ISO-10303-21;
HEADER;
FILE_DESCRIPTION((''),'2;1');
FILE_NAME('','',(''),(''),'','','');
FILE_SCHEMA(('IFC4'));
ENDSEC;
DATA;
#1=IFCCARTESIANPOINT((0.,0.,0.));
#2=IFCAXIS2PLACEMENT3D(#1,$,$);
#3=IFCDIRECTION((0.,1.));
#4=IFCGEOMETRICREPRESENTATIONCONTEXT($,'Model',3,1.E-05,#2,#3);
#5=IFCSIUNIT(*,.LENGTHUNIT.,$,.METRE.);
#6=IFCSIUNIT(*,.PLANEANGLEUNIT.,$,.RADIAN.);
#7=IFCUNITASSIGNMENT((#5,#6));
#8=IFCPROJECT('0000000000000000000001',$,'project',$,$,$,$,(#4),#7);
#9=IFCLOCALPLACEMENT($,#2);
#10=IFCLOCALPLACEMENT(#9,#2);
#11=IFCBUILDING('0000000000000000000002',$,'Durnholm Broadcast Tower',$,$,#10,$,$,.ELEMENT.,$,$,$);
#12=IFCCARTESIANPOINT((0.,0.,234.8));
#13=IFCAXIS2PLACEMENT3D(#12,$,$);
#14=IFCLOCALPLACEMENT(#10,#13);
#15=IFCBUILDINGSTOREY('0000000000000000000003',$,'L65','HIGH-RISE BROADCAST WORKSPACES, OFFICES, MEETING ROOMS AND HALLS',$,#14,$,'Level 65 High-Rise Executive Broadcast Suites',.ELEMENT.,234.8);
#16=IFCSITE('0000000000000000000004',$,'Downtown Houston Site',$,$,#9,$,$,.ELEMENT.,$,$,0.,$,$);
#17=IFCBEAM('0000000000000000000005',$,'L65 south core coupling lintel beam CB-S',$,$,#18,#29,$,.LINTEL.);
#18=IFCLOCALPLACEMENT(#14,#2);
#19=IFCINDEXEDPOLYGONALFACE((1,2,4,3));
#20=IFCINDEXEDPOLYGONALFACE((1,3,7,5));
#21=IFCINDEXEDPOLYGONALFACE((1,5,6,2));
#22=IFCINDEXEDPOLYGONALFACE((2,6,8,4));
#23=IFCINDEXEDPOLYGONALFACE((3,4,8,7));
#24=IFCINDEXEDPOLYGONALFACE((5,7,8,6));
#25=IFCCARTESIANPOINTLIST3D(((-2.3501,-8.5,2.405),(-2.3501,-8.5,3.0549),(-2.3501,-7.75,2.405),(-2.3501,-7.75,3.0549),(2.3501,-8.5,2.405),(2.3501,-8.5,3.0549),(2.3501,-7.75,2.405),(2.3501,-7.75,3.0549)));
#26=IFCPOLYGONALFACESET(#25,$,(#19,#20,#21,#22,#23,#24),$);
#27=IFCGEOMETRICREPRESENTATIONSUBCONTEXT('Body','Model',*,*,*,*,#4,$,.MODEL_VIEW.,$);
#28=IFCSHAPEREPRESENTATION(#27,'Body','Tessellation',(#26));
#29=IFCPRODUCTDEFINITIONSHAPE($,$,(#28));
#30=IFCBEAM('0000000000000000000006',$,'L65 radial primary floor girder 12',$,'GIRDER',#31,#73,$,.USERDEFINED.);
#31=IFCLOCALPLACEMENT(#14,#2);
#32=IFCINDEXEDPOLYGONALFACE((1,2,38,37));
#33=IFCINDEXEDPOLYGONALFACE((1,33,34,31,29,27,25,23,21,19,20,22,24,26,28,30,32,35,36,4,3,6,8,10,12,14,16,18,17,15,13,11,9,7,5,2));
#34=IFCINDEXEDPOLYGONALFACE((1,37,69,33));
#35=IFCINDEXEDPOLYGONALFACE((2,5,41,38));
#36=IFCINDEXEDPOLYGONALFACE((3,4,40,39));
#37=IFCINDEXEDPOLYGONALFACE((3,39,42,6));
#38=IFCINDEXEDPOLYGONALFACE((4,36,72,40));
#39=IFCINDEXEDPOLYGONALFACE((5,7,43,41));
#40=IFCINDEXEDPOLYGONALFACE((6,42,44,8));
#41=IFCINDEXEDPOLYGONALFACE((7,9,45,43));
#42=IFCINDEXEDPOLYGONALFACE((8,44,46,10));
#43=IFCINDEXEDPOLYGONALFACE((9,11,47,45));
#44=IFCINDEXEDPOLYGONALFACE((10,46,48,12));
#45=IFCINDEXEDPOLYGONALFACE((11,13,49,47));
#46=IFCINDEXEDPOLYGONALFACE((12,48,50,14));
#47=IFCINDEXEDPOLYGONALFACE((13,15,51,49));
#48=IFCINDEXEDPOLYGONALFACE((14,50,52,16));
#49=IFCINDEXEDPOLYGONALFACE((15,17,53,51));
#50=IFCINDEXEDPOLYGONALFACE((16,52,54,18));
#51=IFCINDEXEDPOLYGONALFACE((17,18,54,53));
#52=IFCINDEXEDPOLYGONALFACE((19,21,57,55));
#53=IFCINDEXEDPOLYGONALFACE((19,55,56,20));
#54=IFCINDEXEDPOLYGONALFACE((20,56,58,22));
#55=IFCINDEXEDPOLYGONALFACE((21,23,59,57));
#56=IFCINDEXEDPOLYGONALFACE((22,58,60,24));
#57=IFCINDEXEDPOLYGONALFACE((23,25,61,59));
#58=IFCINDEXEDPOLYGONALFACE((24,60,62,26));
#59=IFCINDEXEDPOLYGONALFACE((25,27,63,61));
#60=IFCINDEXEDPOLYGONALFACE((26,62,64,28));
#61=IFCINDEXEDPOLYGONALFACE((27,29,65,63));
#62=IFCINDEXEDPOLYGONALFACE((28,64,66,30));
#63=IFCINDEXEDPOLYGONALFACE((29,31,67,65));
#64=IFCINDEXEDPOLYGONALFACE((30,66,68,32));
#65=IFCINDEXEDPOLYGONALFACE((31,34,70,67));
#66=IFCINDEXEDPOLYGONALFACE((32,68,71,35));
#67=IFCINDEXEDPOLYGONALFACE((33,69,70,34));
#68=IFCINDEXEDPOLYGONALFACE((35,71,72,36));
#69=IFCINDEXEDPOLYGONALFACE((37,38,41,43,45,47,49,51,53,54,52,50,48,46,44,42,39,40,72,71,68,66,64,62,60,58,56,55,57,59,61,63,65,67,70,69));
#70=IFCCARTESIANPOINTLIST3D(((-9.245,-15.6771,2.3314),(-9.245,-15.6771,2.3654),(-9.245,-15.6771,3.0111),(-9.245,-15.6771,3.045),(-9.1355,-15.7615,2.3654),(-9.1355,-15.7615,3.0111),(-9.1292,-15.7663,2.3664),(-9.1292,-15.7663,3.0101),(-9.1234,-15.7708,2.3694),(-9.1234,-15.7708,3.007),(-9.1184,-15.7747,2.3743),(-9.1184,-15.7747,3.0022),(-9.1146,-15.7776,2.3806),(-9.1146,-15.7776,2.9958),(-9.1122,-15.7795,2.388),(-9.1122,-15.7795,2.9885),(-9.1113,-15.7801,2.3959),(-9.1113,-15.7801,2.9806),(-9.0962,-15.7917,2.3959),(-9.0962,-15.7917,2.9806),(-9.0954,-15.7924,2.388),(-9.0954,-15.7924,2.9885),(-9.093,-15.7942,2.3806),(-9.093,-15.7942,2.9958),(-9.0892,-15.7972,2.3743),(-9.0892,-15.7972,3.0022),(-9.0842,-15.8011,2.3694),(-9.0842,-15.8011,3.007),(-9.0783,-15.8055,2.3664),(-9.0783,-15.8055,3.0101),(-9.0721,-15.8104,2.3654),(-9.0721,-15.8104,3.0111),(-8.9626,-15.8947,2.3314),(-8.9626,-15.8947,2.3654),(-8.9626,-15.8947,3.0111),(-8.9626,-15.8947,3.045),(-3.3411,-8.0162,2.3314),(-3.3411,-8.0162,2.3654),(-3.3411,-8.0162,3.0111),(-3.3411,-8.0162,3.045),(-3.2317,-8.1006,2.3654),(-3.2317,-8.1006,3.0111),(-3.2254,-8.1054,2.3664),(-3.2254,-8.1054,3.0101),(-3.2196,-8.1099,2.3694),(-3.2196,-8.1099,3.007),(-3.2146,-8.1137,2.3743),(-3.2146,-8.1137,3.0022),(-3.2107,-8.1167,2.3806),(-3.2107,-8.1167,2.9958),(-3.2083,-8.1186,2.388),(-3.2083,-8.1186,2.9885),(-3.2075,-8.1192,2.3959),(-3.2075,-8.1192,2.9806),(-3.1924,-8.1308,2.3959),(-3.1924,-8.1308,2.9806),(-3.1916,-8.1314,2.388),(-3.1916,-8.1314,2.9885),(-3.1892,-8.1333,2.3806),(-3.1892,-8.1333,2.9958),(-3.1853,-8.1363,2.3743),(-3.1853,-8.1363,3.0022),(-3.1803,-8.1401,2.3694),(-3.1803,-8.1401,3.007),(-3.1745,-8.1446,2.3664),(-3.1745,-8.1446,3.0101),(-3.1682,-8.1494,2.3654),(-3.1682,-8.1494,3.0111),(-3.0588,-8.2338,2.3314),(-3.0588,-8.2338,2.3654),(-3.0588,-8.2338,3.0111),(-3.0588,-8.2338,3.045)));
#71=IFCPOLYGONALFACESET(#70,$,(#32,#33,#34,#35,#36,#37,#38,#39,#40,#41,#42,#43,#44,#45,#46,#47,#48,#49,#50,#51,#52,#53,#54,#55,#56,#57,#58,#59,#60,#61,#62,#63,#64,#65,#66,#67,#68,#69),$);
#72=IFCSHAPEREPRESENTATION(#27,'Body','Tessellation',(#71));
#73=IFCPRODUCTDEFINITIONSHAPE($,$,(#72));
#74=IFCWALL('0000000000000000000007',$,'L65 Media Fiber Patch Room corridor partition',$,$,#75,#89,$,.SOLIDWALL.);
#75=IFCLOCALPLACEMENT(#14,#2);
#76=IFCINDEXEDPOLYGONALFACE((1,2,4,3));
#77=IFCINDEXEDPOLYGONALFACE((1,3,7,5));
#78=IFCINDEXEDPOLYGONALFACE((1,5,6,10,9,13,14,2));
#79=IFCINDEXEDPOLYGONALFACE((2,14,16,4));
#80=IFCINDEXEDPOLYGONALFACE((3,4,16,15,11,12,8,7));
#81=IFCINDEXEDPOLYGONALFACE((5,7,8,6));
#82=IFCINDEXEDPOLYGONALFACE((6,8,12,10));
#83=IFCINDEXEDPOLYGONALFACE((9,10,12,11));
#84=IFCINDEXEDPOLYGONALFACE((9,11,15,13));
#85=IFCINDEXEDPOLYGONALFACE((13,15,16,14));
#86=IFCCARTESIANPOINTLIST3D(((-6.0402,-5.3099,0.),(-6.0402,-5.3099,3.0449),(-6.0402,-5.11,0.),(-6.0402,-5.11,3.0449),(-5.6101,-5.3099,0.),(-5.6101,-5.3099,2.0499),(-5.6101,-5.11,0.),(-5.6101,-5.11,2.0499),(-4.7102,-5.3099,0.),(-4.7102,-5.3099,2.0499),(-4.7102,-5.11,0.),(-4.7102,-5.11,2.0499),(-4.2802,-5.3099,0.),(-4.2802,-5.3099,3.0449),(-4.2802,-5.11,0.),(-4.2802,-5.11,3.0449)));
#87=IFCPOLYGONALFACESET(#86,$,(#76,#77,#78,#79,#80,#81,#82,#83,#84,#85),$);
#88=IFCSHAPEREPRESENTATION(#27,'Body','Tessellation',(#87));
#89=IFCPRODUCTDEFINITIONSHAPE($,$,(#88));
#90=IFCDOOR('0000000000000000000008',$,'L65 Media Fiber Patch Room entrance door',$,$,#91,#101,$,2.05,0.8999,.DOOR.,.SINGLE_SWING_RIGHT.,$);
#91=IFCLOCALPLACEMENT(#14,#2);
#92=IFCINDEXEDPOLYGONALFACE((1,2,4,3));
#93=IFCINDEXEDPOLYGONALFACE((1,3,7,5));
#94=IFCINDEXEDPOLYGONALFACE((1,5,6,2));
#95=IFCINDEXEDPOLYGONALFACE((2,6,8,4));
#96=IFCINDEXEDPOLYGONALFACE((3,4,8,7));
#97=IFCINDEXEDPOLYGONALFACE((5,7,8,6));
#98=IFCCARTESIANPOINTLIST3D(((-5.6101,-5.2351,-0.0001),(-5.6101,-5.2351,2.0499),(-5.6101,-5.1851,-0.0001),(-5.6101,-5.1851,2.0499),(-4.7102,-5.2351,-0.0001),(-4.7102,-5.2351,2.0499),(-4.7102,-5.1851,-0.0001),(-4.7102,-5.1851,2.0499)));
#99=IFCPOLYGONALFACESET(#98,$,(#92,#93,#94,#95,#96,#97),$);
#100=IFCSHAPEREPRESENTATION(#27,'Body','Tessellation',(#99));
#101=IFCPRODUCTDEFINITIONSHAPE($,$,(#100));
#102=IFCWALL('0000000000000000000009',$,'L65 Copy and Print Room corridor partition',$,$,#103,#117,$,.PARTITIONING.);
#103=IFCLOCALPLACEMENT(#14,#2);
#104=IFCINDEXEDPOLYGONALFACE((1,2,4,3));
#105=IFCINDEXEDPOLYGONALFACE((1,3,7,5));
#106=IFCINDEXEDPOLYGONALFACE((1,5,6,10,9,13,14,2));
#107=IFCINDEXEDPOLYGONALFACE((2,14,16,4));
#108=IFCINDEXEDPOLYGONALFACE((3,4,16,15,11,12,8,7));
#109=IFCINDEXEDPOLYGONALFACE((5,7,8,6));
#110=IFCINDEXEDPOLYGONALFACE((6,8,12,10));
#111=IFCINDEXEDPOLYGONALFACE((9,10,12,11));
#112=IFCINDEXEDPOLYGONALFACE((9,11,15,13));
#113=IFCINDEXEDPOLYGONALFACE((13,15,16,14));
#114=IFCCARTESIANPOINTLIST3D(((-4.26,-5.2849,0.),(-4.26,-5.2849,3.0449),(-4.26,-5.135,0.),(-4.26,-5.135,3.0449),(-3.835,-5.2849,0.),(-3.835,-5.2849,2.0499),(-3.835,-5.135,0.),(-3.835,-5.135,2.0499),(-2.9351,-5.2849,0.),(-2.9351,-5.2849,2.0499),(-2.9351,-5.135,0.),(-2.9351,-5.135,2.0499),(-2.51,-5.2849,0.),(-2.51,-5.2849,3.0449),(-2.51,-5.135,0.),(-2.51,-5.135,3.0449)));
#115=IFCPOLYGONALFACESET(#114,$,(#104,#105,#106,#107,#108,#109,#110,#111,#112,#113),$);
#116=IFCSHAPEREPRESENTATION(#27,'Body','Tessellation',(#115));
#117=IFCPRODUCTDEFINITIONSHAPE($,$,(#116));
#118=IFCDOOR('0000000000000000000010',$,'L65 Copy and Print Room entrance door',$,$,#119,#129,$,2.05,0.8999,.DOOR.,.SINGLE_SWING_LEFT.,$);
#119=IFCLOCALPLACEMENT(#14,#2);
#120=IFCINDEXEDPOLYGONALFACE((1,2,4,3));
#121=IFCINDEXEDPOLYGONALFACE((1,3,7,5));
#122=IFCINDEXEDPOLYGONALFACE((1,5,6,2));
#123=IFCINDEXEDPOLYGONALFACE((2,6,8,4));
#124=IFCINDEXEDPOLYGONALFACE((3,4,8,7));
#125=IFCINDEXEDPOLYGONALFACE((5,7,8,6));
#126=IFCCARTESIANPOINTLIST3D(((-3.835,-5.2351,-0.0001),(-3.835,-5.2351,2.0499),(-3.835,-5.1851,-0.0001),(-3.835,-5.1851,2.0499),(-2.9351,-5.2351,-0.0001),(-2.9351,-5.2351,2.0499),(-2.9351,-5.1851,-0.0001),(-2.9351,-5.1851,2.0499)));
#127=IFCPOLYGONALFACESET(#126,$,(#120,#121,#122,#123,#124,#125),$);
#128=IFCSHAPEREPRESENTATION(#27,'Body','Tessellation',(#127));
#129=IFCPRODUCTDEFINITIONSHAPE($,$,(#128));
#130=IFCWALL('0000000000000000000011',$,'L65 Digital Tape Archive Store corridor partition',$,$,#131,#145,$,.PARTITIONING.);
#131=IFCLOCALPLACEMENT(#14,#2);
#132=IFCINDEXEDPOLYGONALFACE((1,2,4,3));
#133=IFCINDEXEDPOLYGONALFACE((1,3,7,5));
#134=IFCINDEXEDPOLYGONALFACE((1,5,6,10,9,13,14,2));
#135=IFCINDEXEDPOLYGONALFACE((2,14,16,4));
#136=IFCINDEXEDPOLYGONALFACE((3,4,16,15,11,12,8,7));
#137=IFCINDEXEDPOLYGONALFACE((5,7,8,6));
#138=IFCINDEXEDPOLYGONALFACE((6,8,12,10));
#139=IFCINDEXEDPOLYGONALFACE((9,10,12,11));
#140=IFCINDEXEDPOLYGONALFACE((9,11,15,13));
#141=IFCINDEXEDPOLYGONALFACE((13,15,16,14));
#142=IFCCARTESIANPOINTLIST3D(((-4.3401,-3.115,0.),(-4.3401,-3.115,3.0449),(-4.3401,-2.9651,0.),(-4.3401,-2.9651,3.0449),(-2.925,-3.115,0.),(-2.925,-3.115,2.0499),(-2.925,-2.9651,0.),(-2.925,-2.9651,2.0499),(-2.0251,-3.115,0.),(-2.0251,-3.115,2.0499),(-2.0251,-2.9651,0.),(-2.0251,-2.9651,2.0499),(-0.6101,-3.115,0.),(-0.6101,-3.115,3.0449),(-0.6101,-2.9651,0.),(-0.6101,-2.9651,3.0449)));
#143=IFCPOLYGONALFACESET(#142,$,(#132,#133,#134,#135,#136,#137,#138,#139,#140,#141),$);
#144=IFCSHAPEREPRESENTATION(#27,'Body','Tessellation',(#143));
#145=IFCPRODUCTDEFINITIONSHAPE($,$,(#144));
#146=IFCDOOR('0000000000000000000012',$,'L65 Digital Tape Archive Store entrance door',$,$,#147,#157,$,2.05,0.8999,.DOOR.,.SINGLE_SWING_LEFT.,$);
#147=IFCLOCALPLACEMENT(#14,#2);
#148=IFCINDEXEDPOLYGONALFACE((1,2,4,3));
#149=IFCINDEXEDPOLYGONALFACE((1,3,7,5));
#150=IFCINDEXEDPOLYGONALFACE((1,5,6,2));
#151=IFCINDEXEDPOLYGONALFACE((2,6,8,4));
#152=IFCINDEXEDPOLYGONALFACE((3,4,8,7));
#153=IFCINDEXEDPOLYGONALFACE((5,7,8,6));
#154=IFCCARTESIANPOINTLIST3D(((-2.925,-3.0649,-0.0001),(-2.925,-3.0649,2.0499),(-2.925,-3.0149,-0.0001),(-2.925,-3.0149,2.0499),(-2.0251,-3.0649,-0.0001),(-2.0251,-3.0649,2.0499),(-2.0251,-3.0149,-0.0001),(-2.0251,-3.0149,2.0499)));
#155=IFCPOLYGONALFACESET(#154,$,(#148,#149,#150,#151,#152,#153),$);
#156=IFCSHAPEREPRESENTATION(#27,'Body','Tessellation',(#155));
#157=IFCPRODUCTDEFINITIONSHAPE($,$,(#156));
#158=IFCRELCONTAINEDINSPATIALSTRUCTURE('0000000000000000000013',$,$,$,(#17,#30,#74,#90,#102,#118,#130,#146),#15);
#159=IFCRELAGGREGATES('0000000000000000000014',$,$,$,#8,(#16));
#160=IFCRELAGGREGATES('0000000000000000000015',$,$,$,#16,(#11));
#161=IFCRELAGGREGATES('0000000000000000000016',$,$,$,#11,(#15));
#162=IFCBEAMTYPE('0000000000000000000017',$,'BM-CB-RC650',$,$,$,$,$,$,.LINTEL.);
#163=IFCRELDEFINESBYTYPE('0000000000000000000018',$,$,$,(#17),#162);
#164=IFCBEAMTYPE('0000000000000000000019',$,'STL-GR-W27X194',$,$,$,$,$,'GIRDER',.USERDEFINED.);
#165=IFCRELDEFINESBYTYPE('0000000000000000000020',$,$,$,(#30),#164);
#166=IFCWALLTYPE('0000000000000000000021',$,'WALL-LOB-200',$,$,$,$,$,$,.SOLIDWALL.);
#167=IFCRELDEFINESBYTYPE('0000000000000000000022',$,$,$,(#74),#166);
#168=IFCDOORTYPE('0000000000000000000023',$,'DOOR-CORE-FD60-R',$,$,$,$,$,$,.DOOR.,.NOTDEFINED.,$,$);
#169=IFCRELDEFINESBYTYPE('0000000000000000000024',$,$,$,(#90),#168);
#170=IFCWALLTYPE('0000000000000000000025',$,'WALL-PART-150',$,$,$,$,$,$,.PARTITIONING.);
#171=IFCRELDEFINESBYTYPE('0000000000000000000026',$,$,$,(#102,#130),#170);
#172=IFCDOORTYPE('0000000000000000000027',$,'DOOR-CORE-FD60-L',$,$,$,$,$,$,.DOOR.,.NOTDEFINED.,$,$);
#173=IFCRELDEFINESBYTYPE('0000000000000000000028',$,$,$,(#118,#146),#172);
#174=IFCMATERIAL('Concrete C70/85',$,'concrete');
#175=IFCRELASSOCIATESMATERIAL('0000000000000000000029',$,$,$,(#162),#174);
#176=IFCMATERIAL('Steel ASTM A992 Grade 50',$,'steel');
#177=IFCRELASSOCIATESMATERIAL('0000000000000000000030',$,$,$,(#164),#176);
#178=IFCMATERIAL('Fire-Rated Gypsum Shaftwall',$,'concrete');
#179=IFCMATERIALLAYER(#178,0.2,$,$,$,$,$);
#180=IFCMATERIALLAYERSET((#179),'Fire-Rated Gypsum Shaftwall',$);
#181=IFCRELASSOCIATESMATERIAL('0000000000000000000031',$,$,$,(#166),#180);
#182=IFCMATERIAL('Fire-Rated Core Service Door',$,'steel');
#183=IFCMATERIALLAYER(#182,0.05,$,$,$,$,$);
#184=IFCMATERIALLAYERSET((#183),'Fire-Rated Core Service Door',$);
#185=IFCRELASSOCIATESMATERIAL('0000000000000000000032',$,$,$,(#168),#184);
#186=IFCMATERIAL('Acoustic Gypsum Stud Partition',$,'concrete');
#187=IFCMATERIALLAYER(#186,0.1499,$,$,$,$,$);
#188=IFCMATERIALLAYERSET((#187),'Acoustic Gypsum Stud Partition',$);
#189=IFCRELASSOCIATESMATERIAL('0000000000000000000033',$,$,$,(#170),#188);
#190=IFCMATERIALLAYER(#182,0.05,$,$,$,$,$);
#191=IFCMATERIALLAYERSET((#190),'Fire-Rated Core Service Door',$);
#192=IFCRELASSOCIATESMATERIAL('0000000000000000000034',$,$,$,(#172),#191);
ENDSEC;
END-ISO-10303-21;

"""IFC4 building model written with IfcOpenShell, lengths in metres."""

from ifc_helpers import new_model, si_unit, direction, frame, frame_2d, origin, origin_2d, place, context, subcontext, project, spatial, rectangle, i_section, extrude, source, transform, mapped, material, layer, layer_set, material_profile, profile_set, type_object, type_shapes, element, fill, save


model = new_model("IFC4")

# Units and contexts
model_context = context("Model", 3, precision=1e-05, world=origin(), true_north=direction((0.0, 1.0)))
body_context = subcontext(model_context, "Body", "Model", "MODEL_VIEW")
ifc_project = project(units=[si_unit("LENGTHUNIT", "METRE"), si_unit("PLANEANGLEUNIT", "RADIAN")], contexts=[model_context])

# Site, building, storey
site_placement = place(None, origin())
site = spatial("IfcSite", under=ifc_project, at=site_placement, Name="Downtown Houston Site", CompositionType="ELEMENT", RefElevation=0.0)
building_placement = place(site_placement, origin())
building = spatial("IfcBuilding", under=site, at=building_placement, Name="Durnholm Broadcast Tower", CompositionType="ELEMENT")
storey_placement = place(building_placement, frame((0.0, 0.0, 234.8)))
storey = spatial("IfcBuildingStorey", under=building, at=storey_placement, Name="L65", Description="HIGH-RISE BROADCAST WORKSPACES, OFFICES, MEETING ROOMS AND HALLS", LongName="Level 65 High-Rise Executive Broadcast Suites", CompositionType="ELEMENT", Elevation=234.8)

# Beams
ifc_material_1 = material(Name="Concrete C70/85", Category="concrete")
ifc_material_profile_1 = material_profile(ifc_material_1, rectangle(XDim=0.75, YDim=0.6499, at=origin_2d()), Name="RC750X650")
ifc_profile_set_1 = profile_set([ifc_material_profile_1], Name="Concrete C70/85")
beam_type_1 = type_object("IfcBeamType", Name="BM-CB-RC650", PredefinedType="LINTEL", material=ifc_profile_set_1)
shared_shape_1 = source(origin(), body_context, "Body", "SweptSolid", [
    extrude(rectangle(XDim=0.75, YDim=0.6499, at=origin_2d()), origin(), (0.0, 0.0, 1.0), 4.7002),
])
type_shapes(beam_type_1, [shared_shape_1])
beam_1_placement = place(storey_placement, frame((-2.3501, -8.125, 2.73), z_axis=(1.0, 0.0, 0.0), x_axis=(0.0, 1.0, 0.0)))
element("IfcBeam", 1, at=beam_1_placement, inside=storey, type_object=beam_type_1, Name="L65 south core coupling lintel beam CB-S", PredefinedType="LINTEL", context=body_context, shape_type="MappedRepresentation", body=[
    mapped(shared_shape_1, transform((0.0, 0.0, 0.0), x_axis=(1.0, 0.0, 0.0), y_axis=(0.0, 1.0, 0.0), z_axis=(0.0, 0.0, 1.0), scale=1.0)),
])
ifc_material_2 = material(Name="Steel ASTM A992 Grade 50", Category="steel")
ifc_material_profile_2 = material_profile(ifc_material_2, i_section(OverallWidth=0.3564, OverallDepth=0.7136, WebThickness=0.019, FlangeThickness=0.0339, FilletRadius=0.0305, at=origin_2d()), Name="W27X194")
ifc_profile_set_2 = profile_set([ifc_material_profile_2], Name="Steel ASTM A992 Grade 50")
beam_type_2 = type_object("IfcBeamType", Name="STL-GR-W27X194", ElementType="GIRDER", PredefinedType="USERDEFINED", material=ifc_profile_set_2)
shared_shape_2 = source(origin(), body_context, "Body", "SweptSolid", [
    extrude(i_section(OverallWidth=0.3564, OverallDepth=0.7136, WebThickness=0.019, FlangeThickness=0.0339, FilletRadius=0.0305, at=origin_2d()), origin(), (0.0, 0.0, 1.0), 9.6719),
])
type_shapes(beam_type_2, [shared_shape_2])
beam_2_placement = place(storey_placement, frame((-3.2, -8.125, 2.6882), z_axis=(-0.610413, -0.792083, 0.0), x_axis=(0.792083, -0.610413, 0.0)))
element("IfcBeam", 2, at=beam_2_placement, inside=storey, type_object=beam_type_2, Name="L65 radial primary floor girder 12", ObjectType="GIRDER", PredefinedType="USERDEFINED", context=body_context, shape_type="MappedRepresentation", body=[
    mapped(shared_shape_2, transform((0.0, 0.0, 0.0), x_axis=(1.0, 0.0, 0.0), y_axis=(0.0, 1.0, 0.0), z_axis=(0.0, 0.0, 1.0), scale=1.0)),
])

# Walls, openings, doors
ifc_material_3 = material(Name="Fire-Rated Gypsum Shaftwall", Category="concrete")
ifc_layer_1 = layer(ifc_material_3, 0.2)
ifc_layer_set_1 = layer_set([ifc_layer_1], Name="Fire-Rated Gypsum Shaftwall")
wall_type_1 = type_object("IfcWallType", Name="WALL-LOB-200", PredefinedType="SOLIDWALL", material=ifc_layer_set_1)
wall_1_placement = place(storey_placement, frame((-6.04, -5.21, 0.0), z_axis=(0.0, 0.0, 1.0), x_axis=(1.0, 0.0, 0.0)))
wall_1 = element("IfcWall", 3, at=wall_1_placement, inside=storey, type_object=wall_type_1, Name="L65 Media Fiber Patch Room corridor partition", PredefinedType="SOLIDWALL", context=body_context, shape_type="SweptSolid", body=[
    extrude(rectangle(XDim=1.76, YDim=0.2, at=frame_2d((0.8799, 0.0))), origin(), (0.0, 0.0, 1.0), 3.0449),
])
opening_1_placement = place(wall_1_placement, frame((0.4299, 0.0, 0.0)))
opening_1 = element("IfcOpeningElement", 4, at=opening_1_placement, cuts=wall_1, PredefinedType="OPENING", context=body_context, shape_type="SweptSolid", body=[
    extrude(rectangle(XDim=0.8999, YDim=2.05, at=frame_2d((0.45, 1.0249))), frame((0.0, 0.1099, 0.0), z_axis=(0.0, -1.0, 0.0), x_axis=(1.0, 0.0, 0.0)), (0.0, 0.0, 1.0), 0.22),
])
ifc_material_4 = material(Name="Fire-Rated Core Service Door", Category="steel")
ifc_layer_2 = layer(ifc_material_4, 0.05)
ifc_layer_set_2 = layer_set([ifc_layer_2], Name="Fire-Rated Core Service Door")
door_type_1 = type_object("IfcDoorType", Name="DOOR-CORE-FD60-R", OperationType="NOTDEFINED", PredefinedType="DOOR", material=ifc_layer_set_2)
shared_shape_3 = source(origin(), body_context, "Body", "SweptSolid", [
    extrude(rectangle(XDim=0.8999, YDim=2.05, at=frame_2d((0.45, 1.0249))), frame((0.0, 0.0249, 0.0), z_axis=(0.0, -1.0, 0.0), x_axis=(1.0, 0.0, 0.0)), (0.0, 0.0, 1.0), 0.05),
])
type_shapes(door_type_1, [shared_shape_3])
door_1_placement = place(opening_1_placement, origin())
door_1 = element("IfcDoor", 5, at=door_1_placement, inside=storey, type_object=door_type_1, Name="L65 Media Fiber Patch Room entrance door", OperationType="SINGLE_SWING_RIGHT", OverallHeight=2.05, OverallWidth=0.8999, PredefinedType="DOOR", context=body_context, shape_type="MappedRepresentation", body=[
    mapped(shared_shape_3, transform((0.0, 0.0, 0.0), x_axis=(1.0, 0.0, 0.0), y_axis=(0.0, 1.0, 0.0), z_axis=(0.0, 0.0, 1.0), scale=1.0)),
])
fill(opening_1, door_1)
ifc_material_5 = material(Name="Acoustic Gypsum Stud Partition", Category="concrete")
ifc_layer_3 = layer(ifc_material_5, 0.1499)
ifc_layer_set_3 = layer_set([ifc_layer_3], Name="Acoustic Gypsum Stud Partition")
wall_type_2 = type_object("IfcWallType", Name="WALL-PART-150", PredefinedType="PARTITIONING", material=ifc_layer_set_3)
wall_2_placement = place(storey_placement, frame((-4.26, -5.21, 0.0), z_axis=(0.0, 0.0, 1.0), x_axis=(1.0, 0.0, 0.0)))
wall_2 = element("IfcWall", 6, at=wall_2_placement, inside=storey, type_object=wall_type_2, Name="L65 Copy and Print Room corridor partition", PredefinedType="PARTITIONING", context=body_context, shape_type="SweptSolid", body=[
    extrude(rectangle(XDim=1.75, YDim=0.1499, at=frame_2d((0.875, 0.0))), origin(), (0.0, 0.0, 1.0), 3.0449),
])
opening_2_placement = place(wall_2_placement, frame((0.425, 0.0, 0.0)))
opening_2 = element("IfcOpeningElement", 7, at=opening_2_placement, cuts=wall_2, PredefinedType="OPENING", context=body_context, shape_type="SweptSolid", body=[
    extrude(rectangle(XDim=0.8999, YDim=2.05, at=frame_2d((0.45, 1.0249))), frame((0.0, 0.085, 0.0), z_axis=(0.0, -1.0, 0.0), x_axis=(1.0, 0.0, 0.0)), (0.0, 0.0, 1.0), 0.1699),
])
ifc_layer_4 = layer(ifc_material_4, 0.05)
ifc_layer_set_4 = layer_set([ifc_layer_4], Name="Fire-Rated Core Service Door")
door_type_2 = type_object("IfcDoorType", Name="DOOR-CORE-FD60-L", OperationType="NOTDEFINED", PredefinedType="DOOR", material=ifc_layer_set_4)
shared_shape_4 = source(origin(), body_context, "Body", "SweptSolid", [
    extrude(rectangle(XDim=0.8999, YDim=2.05, at=frame_2d((0.45, 1.0249))), frame((0.0, 0.0249, 0.0), z_axis=(0.0, -1.0, 0.0), x_axis=(1.0, 0.0, 0.0)), (0.0, 0.0, 1.0), 0.05),
])
type_shapes(door_type_2, [shared_shape_4])
door_2_placement = place(opening_2_placement, origin())
door_2 = element("IfcDoor", 8, at=door_2_placement, inside=storey, type_object=door_type_2, Name="L65 Copy and Print Room entrance door", OperationType="SINGLE_SWING_LEFT", OverallHeight=2.05, OverallWidth=0.8999, PredefinedType="DOOR", context=body_context, shape_type="MappedRepresentation", body=[
    mapped(shared_shape_4, transform((0.0, 0.0, 0.0), x_axis=(1.0, 0.0, 0.0), y_axis=(0.0, 1.0, 0.0), z_axis=(0.0, 0.0, 1.0), scale=1.0)),
])
fill(opening_2, door_2)
wall_3_placement = place(storey_placement, frame((-0.6101, -3.04, 0.0), z_axis=(0.0, 0.0, 1.0), x_axis=(-1.0, 0.0, 0.0)))
wall_3 = element("IfcWall", 9, at=wall_3_placement, inside=storey, type_object=wall_type_2, Name="L65 Digital Tape Archive Store corridor partition", PredefinedType="PARTITIONING", context=body_context, shape_type="SweptSolid", body=[
    extrude(rectangle(XDim=3.73, YDim=0.1499, at=frame_2d((1.865, 0.0))), origin(), (0.0, 0.0, 1.0), 3.0449),
])
opening_3_placement = place(wall_3_placement, frame((1.415, 0.0, 0.0)))
opening_3 = element("IfcOpeningElement", 10, at=opening_3_placement, cuts=wall_3, PredefinedType="OPENING", context=body_context, shape_type="SweptSolid", body=[
    extrude(rectangle(XDim=0.8999, YDim=2.05, at=frame_2d((0.45, 1.0249))), frame((0.0, 0.085, 0.0), z_axis=(0.0, -1.0, 0.0), x_axis=(1.0, 0.0, 0.0)), (0.0, 0.0, 1.0), 0.1699),
])
door_3_placement = place(opening_3_placement, origin())
door_3 = element("IfcDoor", 11, at=door_3_placement, inside=storey, type_object=door_type_2, Name="L65 Digital Tape Archive Store entrance door", OperationType="SINGLE_SWING_LEFT", OverallHeight=2.05, OverallWidth=0.8999, PredefinedType="DOOR", context=body_context, shape_type="MappedRepresentation", body=[
    mapped(shared_shape_4, transform((0.0, 0.0, 0.0), x_axis=(1.0, 0.0, 0.0), y_axis=(0.0, 1.0, 0.0), z_axis=(0.0, 0.0, 1.0), scale=1.0)),
])
fill(opening_3, door_3)

save(model, "model.ifc")
